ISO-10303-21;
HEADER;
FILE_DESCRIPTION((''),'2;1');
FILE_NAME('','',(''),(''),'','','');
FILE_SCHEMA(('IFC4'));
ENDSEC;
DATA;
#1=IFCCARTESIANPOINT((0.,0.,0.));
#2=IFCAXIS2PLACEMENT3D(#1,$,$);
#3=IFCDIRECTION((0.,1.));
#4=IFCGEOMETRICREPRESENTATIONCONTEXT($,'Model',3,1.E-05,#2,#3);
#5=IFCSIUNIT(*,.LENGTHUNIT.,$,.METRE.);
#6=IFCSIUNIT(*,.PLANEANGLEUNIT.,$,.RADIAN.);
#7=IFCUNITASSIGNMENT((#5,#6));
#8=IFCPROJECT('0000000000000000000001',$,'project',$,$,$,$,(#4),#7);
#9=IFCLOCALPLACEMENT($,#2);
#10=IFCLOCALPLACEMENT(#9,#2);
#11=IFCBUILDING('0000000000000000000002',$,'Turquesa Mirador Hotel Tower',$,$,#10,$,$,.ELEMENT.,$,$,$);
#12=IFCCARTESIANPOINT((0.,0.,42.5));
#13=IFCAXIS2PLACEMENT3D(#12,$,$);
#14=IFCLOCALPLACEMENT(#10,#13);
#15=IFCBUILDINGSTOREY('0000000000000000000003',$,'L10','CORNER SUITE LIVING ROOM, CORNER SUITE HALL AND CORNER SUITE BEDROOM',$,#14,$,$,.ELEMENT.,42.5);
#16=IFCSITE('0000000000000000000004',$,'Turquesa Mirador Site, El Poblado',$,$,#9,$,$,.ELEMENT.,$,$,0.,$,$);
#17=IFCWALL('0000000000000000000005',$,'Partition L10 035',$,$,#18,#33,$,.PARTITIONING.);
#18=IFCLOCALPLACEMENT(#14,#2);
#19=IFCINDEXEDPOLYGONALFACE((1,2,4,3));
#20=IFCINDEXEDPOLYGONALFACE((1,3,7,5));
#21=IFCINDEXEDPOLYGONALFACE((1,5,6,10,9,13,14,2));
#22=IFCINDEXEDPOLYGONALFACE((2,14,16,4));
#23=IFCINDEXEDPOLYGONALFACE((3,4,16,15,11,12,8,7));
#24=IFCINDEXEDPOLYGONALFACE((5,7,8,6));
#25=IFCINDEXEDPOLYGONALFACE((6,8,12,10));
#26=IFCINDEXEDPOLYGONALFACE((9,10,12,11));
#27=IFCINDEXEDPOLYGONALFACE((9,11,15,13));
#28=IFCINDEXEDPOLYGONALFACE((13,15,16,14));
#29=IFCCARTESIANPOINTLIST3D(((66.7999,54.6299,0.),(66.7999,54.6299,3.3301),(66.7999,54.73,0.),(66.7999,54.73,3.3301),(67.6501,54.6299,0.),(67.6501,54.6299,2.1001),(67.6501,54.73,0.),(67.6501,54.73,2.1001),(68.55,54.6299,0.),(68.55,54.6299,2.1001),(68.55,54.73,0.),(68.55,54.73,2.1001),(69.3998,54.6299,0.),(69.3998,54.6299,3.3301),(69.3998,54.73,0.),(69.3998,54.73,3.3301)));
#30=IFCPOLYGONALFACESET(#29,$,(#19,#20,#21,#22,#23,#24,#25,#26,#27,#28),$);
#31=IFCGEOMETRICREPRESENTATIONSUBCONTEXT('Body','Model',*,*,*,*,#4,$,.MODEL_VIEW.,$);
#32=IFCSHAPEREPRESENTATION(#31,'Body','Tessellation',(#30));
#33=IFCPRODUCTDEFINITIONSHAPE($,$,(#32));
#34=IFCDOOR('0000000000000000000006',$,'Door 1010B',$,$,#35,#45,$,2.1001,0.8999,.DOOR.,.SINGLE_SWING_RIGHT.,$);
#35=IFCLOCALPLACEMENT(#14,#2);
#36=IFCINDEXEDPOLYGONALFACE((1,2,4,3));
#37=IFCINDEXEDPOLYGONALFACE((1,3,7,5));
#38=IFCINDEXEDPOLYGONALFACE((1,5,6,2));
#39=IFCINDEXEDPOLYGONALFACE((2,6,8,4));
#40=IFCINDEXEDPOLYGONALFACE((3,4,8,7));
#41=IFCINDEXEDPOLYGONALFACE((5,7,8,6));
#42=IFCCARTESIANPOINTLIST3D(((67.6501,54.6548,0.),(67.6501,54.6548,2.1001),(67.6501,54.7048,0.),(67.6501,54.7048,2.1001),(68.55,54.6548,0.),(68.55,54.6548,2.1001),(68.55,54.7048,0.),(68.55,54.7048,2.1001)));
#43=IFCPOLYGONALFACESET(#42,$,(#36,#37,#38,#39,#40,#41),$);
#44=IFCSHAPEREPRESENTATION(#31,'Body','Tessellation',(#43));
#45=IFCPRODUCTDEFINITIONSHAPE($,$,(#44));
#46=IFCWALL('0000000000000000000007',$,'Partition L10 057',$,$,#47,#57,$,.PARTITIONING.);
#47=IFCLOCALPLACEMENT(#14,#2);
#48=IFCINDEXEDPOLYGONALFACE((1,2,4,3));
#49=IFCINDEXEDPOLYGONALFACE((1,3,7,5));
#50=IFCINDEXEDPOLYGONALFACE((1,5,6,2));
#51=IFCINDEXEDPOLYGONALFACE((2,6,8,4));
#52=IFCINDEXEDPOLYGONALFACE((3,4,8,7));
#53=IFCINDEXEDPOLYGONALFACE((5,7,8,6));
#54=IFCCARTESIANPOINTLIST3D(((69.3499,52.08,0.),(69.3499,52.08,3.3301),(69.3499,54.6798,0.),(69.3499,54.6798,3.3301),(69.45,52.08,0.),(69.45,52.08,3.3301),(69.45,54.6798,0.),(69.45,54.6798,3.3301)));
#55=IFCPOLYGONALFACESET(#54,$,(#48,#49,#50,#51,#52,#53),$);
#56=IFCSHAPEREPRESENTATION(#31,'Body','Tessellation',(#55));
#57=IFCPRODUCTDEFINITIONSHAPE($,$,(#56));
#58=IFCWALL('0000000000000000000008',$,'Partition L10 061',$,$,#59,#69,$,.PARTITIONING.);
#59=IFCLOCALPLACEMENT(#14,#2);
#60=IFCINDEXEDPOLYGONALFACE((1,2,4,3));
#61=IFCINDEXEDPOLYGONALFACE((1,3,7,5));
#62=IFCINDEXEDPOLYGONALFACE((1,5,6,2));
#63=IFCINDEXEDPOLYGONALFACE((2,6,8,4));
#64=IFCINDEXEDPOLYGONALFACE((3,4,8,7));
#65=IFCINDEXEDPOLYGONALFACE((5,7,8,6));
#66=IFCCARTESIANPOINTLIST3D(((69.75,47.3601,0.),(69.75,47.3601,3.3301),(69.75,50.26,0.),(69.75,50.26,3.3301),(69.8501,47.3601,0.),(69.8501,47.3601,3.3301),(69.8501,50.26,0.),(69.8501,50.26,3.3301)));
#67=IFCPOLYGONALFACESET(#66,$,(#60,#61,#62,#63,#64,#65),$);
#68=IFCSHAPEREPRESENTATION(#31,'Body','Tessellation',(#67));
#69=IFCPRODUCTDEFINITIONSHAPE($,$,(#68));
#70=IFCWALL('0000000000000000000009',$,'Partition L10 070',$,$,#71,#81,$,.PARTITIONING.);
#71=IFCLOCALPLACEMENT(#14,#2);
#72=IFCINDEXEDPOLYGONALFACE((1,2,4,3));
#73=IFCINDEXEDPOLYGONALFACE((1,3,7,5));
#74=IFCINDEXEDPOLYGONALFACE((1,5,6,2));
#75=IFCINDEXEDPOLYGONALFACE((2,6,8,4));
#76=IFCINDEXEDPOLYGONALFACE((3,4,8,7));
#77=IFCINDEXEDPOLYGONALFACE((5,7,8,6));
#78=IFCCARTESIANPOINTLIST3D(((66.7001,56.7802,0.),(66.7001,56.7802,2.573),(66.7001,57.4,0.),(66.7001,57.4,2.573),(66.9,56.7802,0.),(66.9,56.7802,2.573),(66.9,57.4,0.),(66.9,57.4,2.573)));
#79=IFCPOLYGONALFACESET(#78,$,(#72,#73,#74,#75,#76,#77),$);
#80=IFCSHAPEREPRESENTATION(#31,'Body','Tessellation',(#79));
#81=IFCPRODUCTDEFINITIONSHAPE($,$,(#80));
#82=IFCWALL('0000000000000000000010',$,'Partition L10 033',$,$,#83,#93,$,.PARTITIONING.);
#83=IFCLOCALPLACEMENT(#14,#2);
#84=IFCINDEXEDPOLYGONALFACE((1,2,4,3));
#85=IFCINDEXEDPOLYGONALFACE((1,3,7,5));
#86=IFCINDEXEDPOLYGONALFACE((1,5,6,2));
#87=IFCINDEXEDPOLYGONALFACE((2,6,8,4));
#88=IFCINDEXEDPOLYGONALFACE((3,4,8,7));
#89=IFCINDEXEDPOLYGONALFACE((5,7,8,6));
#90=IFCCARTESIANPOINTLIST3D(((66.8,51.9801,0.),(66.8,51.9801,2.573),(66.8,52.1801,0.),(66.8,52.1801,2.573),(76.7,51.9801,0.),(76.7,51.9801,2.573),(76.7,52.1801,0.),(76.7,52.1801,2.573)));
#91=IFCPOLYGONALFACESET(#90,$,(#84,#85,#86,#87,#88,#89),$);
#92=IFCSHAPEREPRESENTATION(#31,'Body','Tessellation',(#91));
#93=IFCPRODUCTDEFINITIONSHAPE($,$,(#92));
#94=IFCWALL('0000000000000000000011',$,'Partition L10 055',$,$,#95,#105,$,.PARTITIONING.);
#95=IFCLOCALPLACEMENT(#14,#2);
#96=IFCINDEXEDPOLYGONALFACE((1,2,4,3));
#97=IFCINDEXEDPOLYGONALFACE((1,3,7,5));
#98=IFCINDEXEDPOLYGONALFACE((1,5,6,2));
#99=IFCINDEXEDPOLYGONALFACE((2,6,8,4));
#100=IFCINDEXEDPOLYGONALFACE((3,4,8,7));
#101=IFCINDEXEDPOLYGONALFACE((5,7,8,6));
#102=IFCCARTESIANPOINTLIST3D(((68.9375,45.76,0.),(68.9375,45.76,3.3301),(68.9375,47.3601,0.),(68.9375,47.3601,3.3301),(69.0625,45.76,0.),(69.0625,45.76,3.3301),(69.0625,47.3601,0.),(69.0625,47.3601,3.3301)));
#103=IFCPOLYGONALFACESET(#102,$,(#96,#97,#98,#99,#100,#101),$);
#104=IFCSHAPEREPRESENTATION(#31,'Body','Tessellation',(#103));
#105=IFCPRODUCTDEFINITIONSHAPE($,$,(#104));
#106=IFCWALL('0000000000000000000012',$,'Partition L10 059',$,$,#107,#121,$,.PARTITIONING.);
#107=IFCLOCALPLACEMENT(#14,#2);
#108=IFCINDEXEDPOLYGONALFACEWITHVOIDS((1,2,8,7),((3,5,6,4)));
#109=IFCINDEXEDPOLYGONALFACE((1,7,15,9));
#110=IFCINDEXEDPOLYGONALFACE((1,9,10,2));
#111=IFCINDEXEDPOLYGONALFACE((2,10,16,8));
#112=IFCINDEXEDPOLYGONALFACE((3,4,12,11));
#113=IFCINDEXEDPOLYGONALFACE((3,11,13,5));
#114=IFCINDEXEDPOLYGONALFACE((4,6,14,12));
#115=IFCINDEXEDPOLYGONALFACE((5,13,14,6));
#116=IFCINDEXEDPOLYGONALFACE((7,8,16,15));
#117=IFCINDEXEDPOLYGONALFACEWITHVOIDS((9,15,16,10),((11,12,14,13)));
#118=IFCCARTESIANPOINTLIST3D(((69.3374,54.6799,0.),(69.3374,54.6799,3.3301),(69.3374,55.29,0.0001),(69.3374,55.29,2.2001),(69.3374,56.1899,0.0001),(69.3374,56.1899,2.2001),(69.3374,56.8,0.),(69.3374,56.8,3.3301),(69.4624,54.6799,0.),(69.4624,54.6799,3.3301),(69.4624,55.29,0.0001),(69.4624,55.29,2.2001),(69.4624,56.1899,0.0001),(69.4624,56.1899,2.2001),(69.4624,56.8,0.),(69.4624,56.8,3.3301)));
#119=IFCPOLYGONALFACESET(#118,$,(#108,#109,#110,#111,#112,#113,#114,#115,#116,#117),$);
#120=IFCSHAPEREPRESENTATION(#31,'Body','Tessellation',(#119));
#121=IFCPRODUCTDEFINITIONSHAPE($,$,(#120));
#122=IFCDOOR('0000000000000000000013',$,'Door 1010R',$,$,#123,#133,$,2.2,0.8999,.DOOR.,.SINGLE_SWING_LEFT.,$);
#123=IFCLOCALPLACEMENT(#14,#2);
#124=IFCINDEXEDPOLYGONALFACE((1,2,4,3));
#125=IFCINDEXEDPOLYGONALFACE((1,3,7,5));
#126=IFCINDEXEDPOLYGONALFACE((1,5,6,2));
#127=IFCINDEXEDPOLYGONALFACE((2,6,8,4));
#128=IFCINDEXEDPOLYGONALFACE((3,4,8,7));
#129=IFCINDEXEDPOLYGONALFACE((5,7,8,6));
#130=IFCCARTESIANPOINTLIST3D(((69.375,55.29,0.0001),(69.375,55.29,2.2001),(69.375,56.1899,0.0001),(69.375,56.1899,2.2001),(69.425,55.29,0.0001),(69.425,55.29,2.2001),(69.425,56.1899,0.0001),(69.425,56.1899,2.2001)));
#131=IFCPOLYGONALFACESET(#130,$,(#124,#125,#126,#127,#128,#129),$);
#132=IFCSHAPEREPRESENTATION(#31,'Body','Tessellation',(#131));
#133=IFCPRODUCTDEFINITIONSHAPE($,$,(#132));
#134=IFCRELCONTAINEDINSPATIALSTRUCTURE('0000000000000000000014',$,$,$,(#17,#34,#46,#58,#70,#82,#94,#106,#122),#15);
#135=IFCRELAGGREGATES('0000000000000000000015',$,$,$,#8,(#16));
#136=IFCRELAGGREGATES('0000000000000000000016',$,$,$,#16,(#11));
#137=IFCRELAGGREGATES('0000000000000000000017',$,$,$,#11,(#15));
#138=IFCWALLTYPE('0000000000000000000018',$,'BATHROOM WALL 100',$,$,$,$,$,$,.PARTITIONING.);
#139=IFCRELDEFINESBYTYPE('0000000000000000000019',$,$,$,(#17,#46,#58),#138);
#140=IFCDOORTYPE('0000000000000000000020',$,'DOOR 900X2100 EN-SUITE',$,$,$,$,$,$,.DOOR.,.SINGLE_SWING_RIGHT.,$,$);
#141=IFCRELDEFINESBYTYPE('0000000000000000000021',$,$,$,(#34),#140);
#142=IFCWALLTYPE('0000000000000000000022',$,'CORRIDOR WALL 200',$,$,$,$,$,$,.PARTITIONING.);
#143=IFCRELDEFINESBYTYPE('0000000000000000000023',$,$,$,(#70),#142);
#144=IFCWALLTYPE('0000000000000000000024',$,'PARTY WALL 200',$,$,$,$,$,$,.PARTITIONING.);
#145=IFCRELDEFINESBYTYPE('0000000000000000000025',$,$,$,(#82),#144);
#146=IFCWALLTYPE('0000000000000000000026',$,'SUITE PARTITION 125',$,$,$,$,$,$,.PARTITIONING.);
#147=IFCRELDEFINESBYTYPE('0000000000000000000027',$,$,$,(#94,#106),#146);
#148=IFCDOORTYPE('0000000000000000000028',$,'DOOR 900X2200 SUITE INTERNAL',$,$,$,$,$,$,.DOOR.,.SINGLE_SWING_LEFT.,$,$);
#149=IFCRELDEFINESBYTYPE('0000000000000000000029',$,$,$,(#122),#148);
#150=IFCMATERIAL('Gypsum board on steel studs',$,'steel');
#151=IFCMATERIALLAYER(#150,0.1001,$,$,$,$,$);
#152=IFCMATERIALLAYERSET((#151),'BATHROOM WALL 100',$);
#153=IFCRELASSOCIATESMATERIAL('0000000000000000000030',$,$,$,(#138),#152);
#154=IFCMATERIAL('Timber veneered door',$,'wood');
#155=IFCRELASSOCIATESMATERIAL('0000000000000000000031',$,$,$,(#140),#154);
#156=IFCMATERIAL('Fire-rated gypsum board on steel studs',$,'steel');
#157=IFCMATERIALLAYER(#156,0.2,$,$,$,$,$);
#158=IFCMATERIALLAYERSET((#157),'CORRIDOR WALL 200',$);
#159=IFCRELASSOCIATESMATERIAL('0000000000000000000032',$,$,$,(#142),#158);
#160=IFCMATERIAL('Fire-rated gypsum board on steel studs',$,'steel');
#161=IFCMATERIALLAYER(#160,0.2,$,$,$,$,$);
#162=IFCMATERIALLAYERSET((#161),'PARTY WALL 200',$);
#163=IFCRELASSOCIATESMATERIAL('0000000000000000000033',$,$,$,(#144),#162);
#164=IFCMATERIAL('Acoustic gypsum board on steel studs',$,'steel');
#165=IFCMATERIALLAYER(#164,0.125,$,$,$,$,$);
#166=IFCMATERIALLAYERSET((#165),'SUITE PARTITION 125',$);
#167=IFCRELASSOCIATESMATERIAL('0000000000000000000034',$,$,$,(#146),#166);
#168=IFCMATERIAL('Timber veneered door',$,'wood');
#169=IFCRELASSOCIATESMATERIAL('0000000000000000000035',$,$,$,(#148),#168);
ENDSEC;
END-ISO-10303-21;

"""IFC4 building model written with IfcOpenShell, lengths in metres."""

from ifc_helpers import new_model, si_unit, direction, frame, frame_2d, origin, place, context, subcontext, project, spatial, rectangle, extrude, material, layer, layer_set, type_object, element, fill, save


model = new_model("IFC4")

# Units and contexts
model_context = context("Model", 3, precision=1e-05, world=origin(), true_north=direction((0.0, 1.0)))
body_context = subcontext(model_context, "Body", "Model", "MODEL_VIEW")
ifc_project = project(units=[si_unit("LENGTHUNIT", "METRE"), si_unit("PLANEANGLEUNIT", "RADIAN")], contexts=[model_context])

# Site, building, storey
site_placement = place(None, origin())
site = spatial("IfcSite", under=ifc_project, at=site_placement, Name="Turquesa Mirador Site, El Poblado", CompositionType="ELEMENT", RefElevation=0.0)
building_placement = place(site_placement, origin())
building = spatial("IfcBuilding", under=site, at=building_placement, Name="Turquesa Mirador Hotel Tower", CompositionType="ELEMENT")
storey_placement = place(building_placement, frame((0.0, 0.0, 42.5)))
storey = spatial("IfcBuildingStorey", under=building, at=storey_placement, Name="L10", Description="CORNER SUITE LIVING ROOM, CORNER SUITE HALL AND CORNER SUITE BEDROOM", CompositionType="ELEMENT", Elevation=42.5)

# Wall, opening, door
ifc_material_1 = material(Name="Gypsum board on steel studs", Category="steel")
ifc_layer_1 = layer(ifc_material_1, 0.1001)
ifc_layer_set_1 = layer_set([ifc_layer_1], Name="BATHROOM WALL 100")
wall_type_1 = type_object("IfcWallType", Name="BATHROOM WALL 100", PredefinedType="PARTITIONING", material=ifc_layer_set_1)
wall_1_placement = place(storey_placement, frame((66.8, 54.6799, 0.0), z_axis=(0.0, 0.0, 1.0), x_axis=(1.0, 0.0, 0.0)))
wall_1 = element("IfcWall", 1, at=wall_1_placement, inside=storey, type_object=wall_type_1, Name="Partition L10 035", PredefinedType="PARTITIONING", context=body_context, shape_type="SweptSolid", body=[
    extrude(rectangle(XDim=2.5999, YDim=0.1001, at=frame_2d((1.2998, 0.0))), origin(), (0.0, 0.0, 1.0), 3.3301),
])
opening_1_placement = place(wall_1_placement, frame((0.8501, 0.0, 0.0)))
opening_1 = element("IfcOpeningElement", 2, at=opening_1_placement, cuts=wall_1, PredefinedType="OPENING", context=body_context, shape_type="SweptSolid", body=[
    extrude(rectangle(XDim=0.8999, YDim=2.1001, at=frame_2d((0.45, 1.05))), frame((0.0, 0.0601, 0.0), z_axis=(0.0, -1.0, 0.0), x_axis=(1.0, 0.0, 0.0)), (0.0, 0.0, 1.0), 0.1201),
])
ifc_material_2 = material(Name="Timber veneered door", Category="wood")
door_type_1 = type_object("IfcDoorType", Name="DOOR 900X2100 EN-SUITE", OperationType="SINGLE_SWING_RIGHT", PredefinedType="DOOR", material=ifc_material_2)
door_1_placement = place(opening_1_placement, origin())
door_1 = element("IfcDoor", 3, at=door_1_placement, inside=storey, type_object=door_type_1, Name="Door 1010B", OperationType="SINGLE_SWING_RIGHT", OverallHeight=2.1001, OverallWidth=0.8999, PredefinedType="DOOR", context=body_context, shape_type="SweptSolid", body=[
    extrude(rectangle(XDim=0.8999, YDim=2.1001, at=frame_2d((0.45, 1.05))), frame((0.0, 0.0249, 0.0), z_axis=(0.0, -1.0, 0.0), x_axis=(1.0, 0.0, 0.0)), (0.0, 0.0, 1.0), 0.05),
])
fill(opening_1, door_1)

# Walls
wall_2_placement = place(storey_placement, frame((69.3999, 52.0801, 0.0), z_axis=(0.0, 0.0, 1.0), x_axis=(0.0, 1.0, 0.0)))
element("IfcWall", 4, at=wall_2_placement, inside=storey, type_object=wall_type_1, Name="Partition L10 057", PredefinedType="PARTITIONING", context=body_context, shape_type="SweptSolid", body=[
    extrude(rectangle(XDim=2.5999, YDim=0.1001, at=frame_2d((1.2998, 0.0))), origin(), (0.0, 0.0, 1.0), 3.3301),
])
wall_3_placement = place(storey_placement, frame((69.8, 47.3601, 0.0), z_axis=(0.0, 0.0, 1.0), x_axis=(0.0, 1.0, 0.0)))
element("IfcWall", 5, at=wall_3_placement, inside=storey, type_object=wall_type_1, Name="Partition L10 061", PredefinedType="PARTITIONING", context=body_context, shape_type="SweptSolid", body=[
    extrude(rectangle(XDim=2.8999, YDim=0.1001, at=frame_2d((1.45, 0.0))), origin(), (0.0, 0.0, 1.0), 3.3301),
])
ifc_material_3 = material(Name="Fire-rated gypsum board on steel studs", Category="steel")
ifc_layer_2 = layer(ifc_material_3, 0.2)
ifc_layer_set_2 = layer_set([ifc_layer_2], Name="CORRIDOR WALL 200")
wall_type_2 = type_object("IfcWallType", Name="CORRIDOR WALL 200", PredefinedType="PARTITIONING", material=ifc_layer_set_2)
wall_4_placement = place(storey_placement, frame((66.8, 56.78, 0.0), z_axis=(0.0, 0.0, 1.0), x_axis=(0.0, 1.0, 0.0)))
element("IfcWall", 6, at=wall_4_placement, inside=storey, type_object=wall_type_2, Name="Partition L10 070", PredefinedType="PARTITIONING", context=body_context, shape_type="SweptSolid", body=[
    extrude(rectangle(XDim=0.6199, YDim=0.2, at=frame_2d((0.3101, 0.0))), origin(), (0.0, 0.0, 1.0), 2.573),
])
ifc_material_4 = material(Name="Fire-rated gypsum board on steel studs", Category="steel")
ifc_layer_3 = layer(ifc_material_4, 0.2)
ifc_layer_set_3 = layer_set([ifc_layer_3], Name="PARTY WALL 200")
wall_type_3 = type_object("IfcWallType", Name="PARTY WALL 200", PredefinedType="PARTITIONING", material=ifc_layer_set_3)
wall_5_placement = place(storey_placement, frame((66.8, 52.0801, 0.0), z_axis=(0.0, 0.0, 1.0), x_axis=(1.0, 0.0, 0.0)))
element("IfcWall", 7, at=wall_5_placement, inside=storey, type_object=wall_type_3, Name="Partition L10 033", PredefinedType="PARTITIONING", context=body_context, shape_type="SweptSolid", body=[
    extrude(rectangle(XDim=9.8999, YDim=0.2, at=frame_2d((4.95, 0.0))), origin(), (0.0, 0.0, 1.0), 2.573),
])
ifc_material_5 = material(Name="Acoustic gypsum board on steel studs", Category="steel")
ifc_layer_4 = layer(ifc_material_5, 0.125)
ifc_layer_set_4 = layer_set([ifc_layer_4], Name="SUITE PARTITION 125")
wall_type_4 = type_object("IfcWallType", Name="SUITE PARTITION 125", PredefinedType="PARTITIONING", material=ifc_layer_set_4)
wall_6_placement = place(storey_placement, frame((69.0, 45.76, 0.0), z_axis=(0.0, 0.0, 1.0), x_axis=(0.0, 1.0, 0.0)))
element("IfcWall", 8, at=wall_6_placement, inside=storey, type_object=wall_type_4, Name="Partition L10 055", PredefinedType="PARTITIONING", context=body_context, shape_type="SweptSolid", body=[
    extrude(rectangle(XDim=1.6001, YDim=0.125, at=frame_2d((0.8, 0.0))), origin(), (0.0, 0.0, 1.0), 3.3301),
])

# Wall, opening, door
wall_7_placement = place(storey_placement, frame((69.3999, 54.6799, 0.0), z_axis=(0.0, 0.0, 1.0), x_axis=(0.0, 1.0, 0.0)))
wall_7 = element("IfcWall", 9, at=wall_7_placement, inside=storey, type_object=wall_type_4, Name="Partition L10 059", PredefinedType="PARTITIONING", context=body_context, shape_type="SweptSolid", body=[
    extrude(rectangle(XDim=2.1201, YDim=0.125, at=frame_2d((1.0601, 0.0))), origin(), (0.0, 0.0, 1.0), 3.3301),
])
opening_2_placement = place(wall_7_placement, frame((0.6101, 0.0, 0.0)))
opening_2 = element("IfcOpeningElement", 10, at=opening_2_placement, cuts=wall_7, PredefinedType="OPENING", context=body_context, shape_type="SweptSolid", body=[
    extrude(rectangle(XDim=0.8999, YDim=2.2, at=frame_2d((0.45, 1.1001))), frame((0.0, 0.0725, 0.0), z_axis=(0.0, -1.0, 0.0), x_axis=(1.0, 0.0, 0.0)), (0.0, 0.0, 1.0), 0.145),
])
ifc_material_6 = material(Name="Timber veneered door", Category="wood")
door_type_2 = type_object("IfcDoorType", Name="DOOR 900X2200 SUITE INTERNAL", OperationType="SINGLE_SWING_LEFT", PredefinedType="DOOR", material=ifc_material_6)
door_2_placement = place(opening_2_placement, origin())
door_2 = element("IfcDoor", 11, at=door_2_placement, inside=storey, type_object=door_type_2, Name="Door 1010R", OperationType="SINGLE_SWING_LEFT", OverallHeight=2.2, OverallWidth=0.8999, PredefinedType="DOOR", context=body_context, shape_type="SweptSolid", body=[
    extrude(rectangle(XDim=0.8999, YDim=2.2, at=frame_2d((0.45, 1.1001))), frame((0.0, 0.0249, 0.0), z_axis=(0.0, -1.0, 0.0), x_axis=(1.0, 0.0, 0.0)), (0.0, 0.0, 1.0), 0.05),
])
fill(opening_2, door_2)

save(model, "model.ifc")
